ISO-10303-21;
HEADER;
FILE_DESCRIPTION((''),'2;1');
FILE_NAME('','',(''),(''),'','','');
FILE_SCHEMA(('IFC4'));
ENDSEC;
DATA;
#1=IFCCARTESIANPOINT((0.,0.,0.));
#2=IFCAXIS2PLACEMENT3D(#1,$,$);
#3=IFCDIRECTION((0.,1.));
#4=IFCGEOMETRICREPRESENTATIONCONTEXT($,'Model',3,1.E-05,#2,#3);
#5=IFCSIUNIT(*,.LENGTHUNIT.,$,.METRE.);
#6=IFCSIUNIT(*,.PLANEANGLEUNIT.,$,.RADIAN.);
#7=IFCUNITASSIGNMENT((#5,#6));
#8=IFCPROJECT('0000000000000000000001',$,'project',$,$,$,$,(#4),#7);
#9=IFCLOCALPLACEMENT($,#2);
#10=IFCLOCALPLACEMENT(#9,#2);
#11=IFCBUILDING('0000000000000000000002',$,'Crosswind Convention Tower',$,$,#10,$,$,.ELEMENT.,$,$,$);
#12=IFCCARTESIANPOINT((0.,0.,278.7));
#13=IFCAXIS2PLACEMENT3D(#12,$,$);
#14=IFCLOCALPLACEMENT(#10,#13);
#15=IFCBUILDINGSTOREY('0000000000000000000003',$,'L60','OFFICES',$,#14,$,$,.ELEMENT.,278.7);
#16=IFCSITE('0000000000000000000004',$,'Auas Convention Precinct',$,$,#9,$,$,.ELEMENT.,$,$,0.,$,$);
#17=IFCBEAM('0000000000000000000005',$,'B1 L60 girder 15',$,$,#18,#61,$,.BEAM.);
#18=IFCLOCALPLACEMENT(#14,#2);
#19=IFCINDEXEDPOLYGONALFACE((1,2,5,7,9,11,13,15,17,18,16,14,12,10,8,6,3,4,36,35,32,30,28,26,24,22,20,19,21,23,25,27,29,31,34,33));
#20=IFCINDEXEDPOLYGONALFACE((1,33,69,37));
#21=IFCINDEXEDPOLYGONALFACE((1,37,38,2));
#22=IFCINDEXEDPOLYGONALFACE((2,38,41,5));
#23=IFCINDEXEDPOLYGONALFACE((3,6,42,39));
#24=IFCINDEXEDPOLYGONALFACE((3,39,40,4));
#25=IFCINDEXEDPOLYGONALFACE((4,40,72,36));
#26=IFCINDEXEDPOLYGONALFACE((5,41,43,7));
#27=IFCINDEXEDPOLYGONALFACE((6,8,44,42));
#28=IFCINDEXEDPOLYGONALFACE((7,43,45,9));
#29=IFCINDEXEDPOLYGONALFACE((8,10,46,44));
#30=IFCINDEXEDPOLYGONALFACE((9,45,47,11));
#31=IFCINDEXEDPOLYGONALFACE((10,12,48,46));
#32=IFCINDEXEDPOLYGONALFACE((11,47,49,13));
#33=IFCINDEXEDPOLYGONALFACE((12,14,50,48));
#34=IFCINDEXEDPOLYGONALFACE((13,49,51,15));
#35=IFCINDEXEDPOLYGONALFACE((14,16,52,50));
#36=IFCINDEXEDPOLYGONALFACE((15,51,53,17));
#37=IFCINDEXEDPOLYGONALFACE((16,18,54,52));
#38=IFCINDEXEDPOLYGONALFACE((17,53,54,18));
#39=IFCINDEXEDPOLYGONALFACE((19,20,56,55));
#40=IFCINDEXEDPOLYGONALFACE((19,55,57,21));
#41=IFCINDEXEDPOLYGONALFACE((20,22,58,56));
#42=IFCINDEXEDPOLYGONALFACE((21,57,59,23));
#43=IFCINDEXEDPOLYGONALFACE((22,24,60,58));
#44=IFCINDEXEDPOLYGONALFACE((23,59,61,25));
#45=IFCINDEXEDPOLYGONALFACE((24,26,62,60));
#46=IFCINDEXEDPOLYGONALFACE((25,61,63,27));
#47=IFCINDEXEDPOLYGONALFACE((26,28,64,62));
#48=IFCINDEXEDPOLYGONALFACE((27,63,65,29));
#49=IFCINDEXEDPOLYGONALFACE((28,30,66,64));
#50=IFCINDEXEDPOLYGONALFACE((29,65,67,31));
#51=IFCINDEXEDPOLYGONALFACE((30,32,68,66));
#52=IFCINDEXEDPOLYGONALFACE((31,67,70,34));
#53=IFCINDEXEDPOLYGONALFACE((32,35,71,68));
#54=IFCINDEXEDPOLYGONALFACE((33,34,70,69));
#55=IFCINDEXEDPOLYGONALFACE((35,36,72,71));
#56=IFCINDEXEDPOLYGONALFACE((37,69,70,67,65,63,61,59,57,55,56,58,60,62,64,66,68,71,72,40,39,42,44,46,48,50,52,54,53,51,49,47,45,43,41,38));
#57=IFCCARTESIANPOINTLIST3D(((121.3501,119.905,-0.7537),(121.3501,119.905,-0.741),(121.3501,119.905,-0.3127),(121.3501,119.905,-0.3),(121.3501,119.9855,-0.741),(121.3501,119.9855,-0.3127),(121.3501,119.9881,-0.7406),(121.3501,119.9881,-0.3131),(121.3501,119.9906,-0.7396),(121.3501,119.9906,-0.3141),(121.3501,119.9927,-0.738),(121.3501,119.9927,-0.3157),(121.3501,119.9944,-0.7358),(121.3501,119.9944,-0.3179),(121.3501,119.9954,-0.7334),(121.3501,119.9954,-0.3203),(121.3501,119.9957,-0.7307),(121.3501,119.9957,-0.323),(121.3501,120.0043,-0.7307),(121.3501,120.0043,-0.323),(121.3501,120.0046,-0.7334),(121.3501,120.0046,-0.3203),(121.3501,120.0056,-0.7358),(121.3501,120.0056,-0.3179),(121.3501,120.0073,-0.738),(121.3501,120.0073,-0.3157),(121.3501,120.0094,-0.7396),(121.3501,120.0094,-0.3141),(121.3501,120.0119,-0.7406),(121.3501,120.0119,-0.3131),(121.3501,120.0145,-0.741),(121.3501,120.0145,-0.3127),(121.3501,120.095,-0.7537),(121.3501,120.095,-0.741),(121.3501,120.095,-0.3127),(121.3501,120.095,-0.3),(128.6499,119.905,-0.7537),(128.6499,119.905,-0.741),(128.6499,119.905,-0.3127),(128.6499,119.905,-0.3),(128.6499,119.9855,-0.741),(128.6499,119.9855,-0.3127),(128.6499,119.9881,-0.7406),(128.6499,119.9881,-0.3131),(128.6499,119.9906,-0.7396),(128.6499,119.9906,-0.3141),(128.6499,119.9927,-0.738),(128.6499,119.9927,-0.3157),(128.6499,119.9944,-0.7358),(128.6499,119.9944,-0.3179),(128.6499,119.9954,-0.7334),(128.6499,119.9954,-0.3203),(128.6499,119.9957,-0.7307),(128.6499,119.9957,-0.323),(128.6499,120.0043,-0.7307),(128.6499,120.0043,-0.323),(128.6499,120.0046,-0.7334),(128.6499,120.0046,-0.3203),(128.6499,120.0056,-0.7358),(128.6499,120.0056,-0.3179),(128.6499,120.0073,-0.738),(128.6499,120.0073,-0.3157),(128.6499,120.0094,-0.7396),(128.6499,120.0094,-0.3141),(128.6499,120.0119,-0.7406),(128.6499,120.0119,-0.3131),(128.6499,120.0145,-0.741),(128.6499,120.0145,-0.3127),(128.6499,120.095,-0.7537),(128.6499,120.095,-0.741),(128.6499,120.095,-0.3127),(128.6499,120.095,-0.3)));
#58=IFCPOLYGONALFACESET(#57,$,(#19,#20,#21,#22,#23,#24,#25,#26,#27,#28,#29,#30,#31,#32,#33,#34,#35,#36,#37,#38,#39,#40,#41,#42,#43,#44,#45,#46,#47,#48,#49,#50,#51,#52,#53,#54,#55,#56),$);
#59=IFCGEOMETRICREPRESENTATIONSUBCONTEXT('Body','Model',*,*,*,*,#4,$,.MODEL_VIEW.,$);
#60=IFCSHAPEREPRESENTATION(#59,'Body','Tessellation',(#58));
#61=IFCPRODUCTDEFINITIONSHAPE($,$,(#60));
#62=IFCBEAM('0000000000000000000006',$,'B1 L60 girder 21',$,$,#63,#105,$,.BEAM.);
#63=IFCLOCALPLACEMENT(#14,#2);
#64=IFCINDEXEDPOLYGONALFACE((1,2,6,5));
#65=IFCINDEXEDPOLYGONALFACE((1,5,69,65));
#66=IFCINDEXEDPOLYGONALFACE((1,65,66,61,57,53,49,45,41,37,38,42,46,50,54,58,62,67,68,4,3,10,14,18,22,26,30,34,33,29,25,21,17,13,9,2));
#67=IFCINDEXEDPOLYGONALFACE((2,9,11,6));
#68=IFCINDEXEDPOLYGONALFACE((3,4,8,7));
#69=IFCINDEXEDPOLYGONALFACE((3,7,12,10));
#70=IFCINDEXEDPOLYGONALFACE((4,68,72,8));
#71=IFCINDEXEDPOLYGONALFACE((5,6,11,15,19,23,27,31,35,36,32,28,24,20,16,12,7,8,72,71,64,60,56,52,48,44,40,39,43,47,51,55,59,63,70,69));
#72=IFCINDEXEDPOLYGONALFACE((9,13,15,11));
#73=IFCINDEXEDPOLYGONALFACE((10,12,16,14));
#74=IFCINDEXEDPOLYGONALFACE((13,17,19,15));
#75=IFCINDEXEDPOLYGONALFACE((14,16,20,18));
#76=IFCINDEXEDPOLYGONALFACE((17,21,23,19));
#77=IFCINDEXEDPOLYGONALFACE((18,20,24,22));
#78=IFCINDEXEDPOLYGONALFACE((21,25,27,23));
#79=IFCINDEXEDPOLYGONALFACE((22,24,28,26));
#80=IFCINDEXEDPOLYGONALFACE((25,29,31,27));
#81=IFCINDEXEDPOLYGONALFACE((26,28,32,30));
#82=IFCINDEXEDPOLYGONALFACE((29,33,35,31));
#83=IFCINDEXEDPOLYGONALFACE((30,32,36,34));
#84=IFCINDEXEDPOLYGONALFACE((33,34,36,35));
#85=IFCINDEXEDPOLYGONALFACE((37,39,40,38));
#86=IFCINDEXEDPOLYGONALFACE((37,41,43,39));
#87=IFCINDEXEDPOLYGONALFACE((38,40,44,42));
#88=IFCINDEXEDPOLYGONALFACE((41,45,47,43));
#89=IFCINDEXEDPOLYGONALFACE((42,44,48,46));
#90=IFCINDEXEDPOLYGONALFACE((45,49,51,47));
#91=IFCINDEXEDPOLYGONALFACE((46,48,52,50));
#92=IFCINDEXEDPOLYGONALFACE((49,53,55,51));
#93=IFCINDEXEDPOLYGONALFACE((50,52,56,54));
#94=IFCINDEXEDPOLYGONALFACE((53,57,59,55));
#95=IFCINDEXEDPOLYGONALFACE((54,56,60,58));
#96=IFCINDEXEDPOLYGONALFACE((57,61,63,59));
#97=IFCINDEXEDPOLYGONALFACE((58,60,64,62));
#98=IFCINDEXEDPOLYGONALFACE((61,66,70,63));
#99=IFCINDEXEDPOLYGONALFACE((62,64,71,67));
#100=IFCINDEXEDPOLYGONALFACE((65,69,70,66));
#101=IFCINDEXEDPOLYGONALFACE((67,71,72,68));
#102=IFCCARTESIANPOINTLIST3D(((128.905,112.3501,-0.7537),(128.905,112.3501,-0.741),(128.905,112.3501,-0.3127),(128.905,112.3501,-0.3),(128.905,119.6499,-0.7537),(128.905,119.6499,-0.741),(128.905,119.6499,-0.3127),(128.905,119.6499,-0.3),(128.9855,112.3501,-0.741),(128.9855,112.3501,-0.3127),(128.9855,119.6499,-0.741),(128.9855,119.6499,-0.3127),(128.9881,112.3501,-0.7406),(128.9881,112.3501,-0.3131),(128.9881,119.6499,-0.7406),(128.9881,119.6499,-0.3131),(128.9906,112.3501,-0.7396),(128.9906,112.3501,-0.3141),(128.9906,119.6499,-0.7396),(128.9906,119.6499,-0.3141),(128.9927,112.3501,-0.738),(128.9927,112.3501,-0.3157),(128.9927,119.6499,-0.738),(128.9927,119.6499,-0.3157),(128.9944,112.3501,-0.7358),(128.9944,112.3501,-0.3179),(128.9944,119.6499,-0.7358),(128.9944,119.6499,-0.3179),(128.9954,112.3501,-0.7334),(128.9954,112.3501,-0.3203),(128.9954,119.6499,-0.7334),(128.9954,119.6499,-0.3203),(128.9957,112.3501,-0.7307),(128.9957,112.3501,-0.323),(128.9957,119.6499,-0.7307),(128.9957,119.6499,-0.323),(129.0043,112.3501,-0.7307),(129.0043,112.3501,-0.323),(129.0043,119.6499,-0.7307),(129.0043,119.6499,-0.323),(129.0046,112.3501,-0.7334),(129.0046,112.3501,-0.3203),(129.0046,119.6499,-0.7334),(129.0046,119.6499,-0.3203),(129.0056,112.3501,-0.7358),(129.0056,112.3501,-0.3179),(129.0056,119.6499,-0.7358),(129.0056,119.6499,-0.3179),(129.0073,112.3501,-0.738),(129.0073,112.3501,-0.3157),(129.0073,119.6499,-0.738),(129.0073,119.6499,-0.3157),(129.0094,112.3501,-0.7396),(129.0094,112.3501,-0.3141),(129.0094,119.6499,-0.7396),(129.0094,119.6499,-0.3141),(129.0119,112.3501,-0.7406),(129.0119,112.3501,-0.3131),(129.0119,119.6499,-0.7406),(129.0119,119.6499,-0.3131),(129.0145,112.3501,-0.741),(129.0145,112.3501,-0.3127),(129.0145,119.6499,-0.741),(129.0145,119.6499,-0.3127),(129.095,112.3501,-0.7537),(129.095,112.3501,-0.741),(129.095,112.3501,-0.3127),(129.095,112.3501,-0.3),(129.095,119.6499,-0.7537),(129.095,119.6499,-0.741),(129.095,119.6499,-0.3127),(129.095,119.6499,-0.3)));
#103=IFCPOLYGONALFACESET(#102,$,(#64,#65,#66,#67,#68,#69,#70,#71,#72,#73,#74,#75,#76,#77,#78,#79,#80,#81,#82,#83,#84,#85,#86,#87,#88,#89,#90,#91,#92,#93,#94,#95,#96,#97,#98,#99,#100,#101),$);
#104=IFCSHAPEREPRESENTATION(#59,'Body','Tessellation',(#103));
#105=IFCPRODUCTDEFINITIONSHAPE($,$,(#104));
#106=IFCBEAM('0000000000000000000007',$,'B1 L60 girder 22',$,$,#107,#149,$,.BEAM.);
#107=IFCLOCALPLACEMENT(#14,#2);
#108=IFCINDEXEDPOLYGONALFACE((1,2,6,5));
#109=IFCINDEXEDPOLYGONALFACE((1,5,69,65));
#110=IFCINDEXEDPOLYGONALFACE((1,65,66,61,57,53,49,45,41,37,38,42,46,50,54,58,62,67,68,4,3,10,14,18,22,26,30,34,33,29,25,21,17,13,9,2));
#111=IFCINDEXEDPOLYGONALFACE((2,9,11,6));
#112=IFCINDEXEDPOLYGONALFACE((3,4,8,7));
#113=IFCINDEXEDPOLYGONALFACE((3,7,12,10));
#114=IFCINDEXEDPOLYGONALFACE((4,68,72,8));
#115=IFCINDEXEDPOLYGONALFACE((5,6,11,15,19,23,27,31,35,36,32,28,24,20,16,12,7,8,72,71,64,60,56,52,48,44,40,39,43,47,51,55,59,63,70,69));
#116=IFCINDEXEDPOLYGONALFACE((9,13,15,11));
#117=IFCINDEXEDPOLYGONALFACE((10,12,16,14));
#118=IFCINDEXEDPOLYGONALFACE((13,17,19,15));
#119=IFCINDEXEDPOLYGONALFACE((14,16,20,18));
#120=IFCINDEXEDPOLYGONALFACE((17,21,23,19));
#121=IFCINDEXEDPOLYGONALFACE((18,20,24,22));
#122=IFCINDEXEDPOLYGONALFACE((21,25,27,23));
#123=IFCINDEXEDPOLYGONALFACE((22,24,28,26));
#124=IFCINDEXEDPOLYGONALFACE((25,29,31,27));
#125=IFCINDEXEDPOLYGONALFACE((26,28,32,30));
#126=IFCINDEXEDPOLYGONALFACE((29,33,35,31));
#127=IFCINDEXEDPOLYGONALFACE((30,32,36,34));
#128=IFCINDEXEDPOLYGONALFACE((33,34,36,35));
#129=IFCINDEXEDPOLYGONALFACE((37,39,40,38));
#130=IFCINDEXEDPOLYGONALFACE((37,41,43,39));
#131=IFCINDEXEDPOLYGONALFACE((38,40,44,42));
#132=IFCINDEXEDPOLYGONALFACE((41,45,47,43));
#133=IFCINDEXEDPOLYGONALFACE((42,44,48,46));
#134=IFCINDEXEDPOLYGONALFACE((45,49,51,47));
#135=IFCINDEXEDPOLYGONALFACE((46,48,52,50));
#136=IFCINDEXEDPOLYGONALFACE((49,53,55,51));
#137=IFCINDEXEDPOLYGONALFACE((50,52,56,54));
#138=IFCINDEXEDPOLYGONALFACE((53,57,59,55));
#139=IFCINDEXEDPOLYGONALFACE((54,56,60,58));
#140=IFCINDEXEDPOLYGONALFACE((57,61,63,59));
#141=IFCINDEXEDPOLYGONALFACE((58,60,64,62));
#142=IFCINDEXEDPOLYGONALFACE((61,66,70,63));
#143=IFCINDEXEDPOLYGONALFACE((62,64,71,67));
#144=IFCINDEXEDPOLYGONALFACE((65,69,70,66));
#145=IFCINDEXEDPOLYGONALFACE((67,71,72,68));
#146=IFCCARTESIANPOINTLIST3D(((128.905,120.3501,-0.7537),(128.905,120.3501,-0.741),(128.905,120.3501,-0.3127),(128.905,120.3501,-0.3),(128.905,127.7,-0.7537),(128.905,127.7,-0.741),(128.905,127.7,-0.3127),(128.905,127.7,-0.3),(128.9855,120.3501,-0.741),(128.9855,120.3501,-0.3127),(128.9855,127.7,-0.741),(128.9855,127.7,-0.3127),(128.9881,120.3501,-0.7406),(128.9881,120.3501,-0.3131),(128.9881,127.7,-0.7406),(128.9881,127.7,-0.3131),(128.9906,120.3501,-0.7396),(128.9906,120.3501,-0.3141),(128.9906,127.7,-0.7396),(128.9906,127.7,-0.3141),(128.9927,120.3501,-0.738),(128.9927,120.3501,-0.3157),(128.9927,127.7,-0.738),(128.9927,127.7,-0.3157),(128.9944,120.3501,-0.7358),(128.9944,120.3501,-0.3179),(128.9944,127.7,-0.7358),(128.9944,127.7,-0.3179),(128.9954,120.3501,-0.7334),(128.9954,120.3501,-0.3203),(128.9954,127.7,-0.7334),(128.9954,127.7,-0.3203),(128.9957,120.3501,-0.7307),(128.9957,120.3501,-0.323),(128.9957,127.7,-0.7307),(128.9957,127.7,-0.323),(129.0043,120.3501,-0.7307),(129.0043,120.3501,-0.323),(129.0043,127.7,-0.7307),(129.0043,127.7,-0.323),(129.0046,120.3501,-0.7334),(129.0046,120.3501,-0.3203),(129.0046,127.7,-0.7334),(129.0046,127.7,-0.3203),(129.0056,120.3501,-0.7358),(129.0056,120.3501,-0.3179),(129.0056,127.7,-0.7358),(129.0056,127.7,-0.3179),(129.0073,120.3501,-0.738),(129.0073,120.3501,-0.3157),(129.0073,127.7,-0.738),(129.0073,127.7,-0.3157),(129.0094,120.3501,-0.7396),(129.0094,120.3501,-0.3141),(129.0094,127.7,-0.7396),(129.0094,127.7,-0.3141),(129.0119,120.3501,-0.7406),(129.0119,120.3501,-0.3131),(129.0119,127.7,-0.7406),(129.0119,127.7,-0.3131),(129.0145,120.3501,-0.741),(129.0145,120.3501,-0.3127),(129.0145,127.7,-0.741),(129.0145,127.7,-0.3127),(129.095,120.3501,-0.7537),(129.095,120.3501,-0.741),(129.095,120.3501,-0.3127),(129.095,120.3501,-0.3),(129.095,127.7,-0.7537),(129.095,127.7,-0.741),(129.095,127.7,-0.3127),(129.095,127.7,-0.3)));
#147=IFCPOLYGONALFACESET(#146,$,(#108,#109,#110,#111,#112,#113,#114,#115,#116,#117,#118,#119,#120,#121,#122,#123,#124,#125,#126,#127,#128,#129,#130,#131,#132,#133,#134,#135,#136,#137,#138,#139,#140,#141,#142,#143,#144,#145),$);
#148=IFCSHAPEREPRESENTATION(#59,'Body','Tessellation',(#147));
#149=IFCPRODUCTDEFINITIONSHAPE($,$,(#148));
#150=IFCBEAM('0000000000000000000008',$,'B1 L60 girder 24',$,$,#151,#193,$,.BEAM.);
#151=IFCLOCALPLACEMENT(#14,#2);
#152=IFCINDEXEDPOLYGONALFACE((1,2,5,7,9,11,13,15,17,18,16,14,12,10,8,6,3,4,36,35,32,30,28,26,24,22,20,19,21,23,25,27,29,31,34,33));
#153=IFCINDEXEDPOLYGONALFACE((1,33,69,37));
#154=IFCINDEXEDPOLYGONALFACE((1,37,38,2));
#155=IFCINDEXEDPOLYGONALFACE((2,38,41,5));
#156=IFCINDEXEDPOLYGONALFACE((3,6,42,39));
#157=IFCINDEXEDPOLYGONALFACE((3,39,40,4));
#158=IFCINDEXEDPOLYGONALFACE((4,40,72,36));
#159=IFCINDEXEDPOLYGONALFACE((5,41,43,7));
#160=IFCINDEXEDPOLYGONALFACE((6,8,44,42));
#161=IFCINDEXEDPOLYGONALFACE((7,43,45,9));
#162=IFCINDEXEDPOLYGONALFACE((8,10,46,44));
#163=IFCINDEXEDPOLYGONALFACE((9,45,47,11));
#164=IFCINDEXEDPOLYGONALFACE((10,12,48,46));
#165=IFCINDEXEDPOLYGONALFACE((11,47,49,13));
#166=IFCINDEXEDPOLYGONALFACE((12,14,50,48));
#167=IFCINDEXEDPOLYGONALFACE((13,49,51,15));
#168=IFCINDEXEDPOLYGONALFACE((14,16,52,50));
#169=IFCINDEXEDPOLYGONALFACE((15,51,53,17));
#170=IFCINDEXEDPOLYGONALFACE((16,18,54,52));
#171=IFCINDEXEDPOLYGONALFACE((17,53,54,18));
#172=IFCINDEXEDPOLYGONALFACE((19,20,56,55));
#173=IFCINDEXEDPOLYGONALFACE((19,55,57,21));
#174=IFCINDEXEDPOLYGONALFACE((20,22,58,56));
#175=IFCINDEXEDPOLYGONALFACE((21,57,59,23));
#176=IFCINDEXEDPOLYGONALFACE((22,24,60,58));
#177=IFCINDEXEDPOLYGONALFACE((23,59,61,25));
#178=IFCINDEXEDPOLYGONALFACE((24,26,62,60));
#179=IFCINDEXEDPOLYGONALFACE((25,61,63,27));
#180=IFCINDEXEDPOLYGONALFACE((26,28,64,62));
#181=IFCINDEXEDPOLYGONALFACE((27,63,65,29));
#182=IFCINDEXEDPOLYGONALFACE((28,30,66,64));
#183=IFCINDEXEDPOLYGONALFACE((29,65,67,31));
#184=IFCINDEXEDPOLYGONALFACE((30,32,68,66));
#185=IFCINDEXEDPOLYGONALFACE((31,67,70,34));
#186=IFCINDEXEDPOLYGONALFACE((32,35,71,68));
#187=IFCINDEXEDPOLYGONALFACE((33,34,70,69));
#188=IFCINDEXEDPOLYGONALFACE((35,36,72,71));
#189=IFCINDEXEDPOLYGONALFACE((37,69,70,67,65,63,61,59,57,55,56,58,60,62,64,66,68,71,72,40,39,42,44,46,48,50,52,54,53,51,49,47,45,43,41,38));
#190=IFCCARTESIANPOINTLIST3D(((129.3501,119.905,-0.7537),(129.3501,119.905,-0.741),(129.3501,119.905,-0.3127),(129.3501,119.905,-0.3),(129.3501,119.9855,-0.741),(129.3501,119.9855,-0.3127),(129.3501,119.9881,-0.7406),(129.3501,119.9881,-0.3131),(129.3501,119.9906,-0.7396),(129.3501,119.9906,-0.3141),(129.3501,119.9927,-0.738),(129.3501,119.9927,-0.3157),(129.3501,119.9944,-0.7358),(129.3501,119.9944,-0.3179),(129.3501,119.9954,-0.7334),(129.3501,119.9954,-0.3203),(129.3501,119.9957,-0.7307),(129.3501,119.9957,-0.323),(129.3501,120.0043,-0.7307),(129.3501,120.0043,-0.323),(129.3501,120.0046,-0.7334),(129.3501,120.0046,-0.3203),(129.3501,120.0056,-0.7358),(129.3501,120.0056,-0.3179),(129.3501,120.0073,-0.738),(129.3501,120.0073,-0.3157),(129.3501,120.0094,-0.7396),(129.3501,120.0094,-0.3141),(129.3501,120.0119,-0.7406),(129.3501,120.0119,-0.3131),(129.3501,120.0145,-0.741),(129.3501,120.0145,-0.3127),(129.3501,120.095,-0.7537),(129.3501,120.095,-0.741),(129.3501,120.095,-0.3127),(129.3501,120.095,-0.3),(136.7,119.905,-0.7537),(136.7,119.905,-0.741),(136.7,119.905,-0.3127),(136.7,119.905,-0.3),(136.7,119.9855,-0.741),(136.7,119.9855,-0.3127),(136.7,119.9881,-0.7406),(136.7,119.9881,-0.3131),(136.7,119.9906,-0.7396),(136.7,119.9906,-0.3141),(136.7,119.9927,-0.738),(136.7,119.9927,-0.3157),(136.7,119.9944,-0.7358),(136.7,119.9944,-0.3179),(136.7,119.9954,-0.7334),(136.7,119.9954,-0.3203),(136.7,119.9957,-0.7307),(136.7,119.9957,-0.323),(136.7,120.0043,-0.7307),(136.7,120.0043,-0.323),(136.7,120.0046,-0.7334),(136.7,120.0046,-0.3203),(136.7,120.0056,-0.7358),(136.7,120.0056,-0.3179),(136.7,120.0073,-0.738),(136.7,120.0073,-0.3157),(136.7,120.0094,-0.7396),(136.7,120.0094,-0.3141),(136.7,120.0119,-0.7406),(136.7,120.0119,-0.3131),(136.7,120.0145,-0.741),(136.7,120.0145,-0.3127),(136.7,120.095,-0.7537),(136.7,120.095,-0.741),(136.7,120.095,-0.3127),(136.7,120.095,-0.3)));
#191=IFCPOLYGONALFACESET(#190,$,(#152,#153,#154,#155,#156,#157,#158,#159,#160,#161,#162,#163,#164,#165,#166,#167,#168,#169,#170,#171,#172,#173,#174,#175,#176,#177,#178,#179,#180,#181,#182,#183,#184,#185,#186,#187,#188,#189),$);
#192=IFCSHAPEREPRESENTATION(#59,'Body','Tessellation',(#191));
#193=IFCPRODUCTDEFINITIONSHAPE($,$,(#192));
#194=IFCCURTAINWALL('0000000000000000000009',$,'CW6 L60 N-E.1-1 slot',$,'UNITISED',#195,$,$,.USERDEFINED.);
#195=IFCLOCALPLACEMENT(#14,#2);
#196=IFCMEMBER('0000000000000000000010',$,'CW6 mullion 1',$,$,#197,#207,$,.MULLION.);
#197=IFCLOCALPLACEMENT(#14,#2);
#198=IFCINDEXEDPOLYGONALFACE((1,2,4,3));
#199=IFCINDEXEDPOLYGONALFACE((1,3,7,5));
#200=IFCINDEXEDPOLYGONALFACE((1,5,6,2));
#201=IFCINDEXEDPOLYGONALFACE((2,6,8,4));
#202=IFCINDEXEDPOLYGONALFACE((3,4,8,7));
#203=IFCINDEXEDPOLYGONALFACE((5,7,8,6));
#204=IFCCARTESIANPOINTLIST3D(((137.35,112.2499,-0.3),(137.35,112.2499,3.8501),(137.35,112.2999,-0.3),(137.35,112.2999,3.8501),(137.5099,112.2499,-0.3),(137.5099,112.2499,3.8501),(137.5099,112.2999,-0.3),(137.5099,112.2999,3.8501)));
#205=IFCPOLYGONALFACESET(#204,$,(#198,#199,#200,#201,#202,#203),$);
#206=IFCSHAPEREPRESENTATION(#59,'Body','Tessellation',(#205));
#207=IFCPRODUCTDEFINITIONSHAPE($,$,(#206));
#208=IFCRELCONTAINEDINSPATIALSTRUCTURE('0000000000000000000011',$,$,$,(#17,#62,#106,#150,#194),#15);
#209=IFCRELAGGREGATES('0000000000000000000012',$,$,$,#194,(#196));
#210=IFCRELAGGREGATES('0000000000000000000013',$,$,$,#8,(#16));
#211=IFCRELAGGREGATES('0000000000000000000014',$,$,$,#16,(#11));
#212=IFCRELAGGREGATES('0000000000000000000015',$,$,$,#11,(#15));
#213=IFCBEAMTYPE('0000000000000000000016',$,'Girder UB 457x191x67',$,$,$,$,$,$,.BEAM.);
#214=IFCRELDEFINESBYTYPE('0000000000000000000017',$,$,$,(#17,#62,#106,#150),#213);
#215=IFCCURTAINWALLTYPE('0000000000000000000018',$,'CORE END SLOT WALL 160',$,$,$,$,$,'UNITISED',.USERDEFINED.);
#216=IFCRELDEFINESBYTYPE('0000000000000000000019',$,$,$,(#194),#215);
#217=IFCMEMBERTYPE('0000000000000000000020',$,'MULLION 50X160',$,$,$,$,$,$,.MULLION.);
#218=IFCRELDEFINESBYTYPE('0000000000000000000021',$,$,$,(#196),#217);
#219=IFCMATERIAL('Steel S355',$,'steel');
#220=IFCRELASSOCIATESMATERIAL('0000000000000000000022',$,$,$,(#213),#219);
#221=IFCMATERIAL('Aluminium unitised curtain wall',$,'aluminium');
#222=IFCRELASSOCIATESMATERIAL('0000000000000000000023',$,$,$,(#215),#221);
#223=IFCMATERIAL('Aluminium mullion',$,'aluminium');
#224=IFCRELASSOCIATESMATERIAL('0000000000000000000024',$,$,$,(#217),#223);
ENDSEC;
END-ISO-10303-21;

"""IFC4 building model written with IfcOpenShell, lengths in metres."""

from ifc_helpers import new_model, si_unit, direction, frame, origin, origin_2d, place, context, subcontext, project, spatial, rectangle, i_section, extrude, material, material_profile, profile_set, type_object, element, aggregate, save


model = new_model("IFC4")

# Units and contexts
model_context = context("Model", 3, precision=1e-05, world=origin(), true_north=direction((0.0, 1.0)))
body_context = subcontext(model_context, "Body", "Model", "MODEL_VIEW")
ifc_project = project(units=[si_unit("LENGTHUNIT", "METRE"), si_unit("PLANEANGLEUNIT", "RADIAN")], contexts=[model_context])

# Site, building, storey
site_placement = place(None, origin())
site = spatial("IfcSite", under=ifc_project, at=site_placement, Name="Auas Convention Precinct", CompositionType="ELEMENT", RefElevation=0.0)
building_placement = place(site_placement, origin())
building = spatial("IfcBuilding", under=site, at=building_placement, Name="Crosswind Convention Tower", CompositionType="ELEMENT")
storey_placement = place(building_placement, frame((0.0, 0.0, 278.7)))
storey = spatial("IfcBuildingStorey", under=building, at=storey_placement, Name="L60", Description="OFFICES", CompositionType="ELEMENT", Elevation=278.7)

# Beams
ifc_material_1 = material(Name="Steel S355", Category="steel")
ifc_material_profile_1 = material_profile(ifc_material_1, i_section(OverallWidth=0.1899, OverallDepth=0.4536, WebThickness=0.0085, FlangeThickness=0.0127, FilletRadius=0.0103, at=origin_2d()), Name="UB 457x191x67")
ifc_profile_set_1 = profile_set([ifc_material_profile_1], Name="Steel S355")
beam_type_1 = type_object("IfcBeamType", Name="Girder UB 457x191x67", PredefinedType="BEAM", material=ifc_profile_set_1)
for number, where, z_axis, x_axis, name in (
    (1, (121.3501, 120.0, -0.5269), (1.0, 0.0, 0.0), (0.0, 1.0, 0.0), "B1 L60 girder 15"),
    (2, (129.0, 112.3501, -0.5269), (0.0, 1.0, 0.0), (-1.0, 0.0, 0.0), "B1 L60 girder 21"),
):
    element("IfcBeam", number, at=place(storey_placement, frame(where, z_axis=z_axis, x_axis=x_axis)), inside=storey, type_object=beam_type_1, Name=name, PredefinedType="BEAM", context=body_context, shape_type="SweptSolid", body=[
        extrude(i_section(OverallWidth=0.1899, OverallDepth=0.4536, WebThickness=0.0085, FlangeThickness=0.0127, FilletRadius=0.0103, at=origin_2d()), origin(), (0.0, 0.0, 1.0), 7.2998),
    ])
for number, where, z_axis, x_axis, name in (
    (3, (129.0, 120.3501, -0.5269), (0.0, 1.0, 0.0), (-1.0, 0.0, 0.0), "B1 L60 girder 22"),
    (4, (129.3501, 120.0, -0.5269), (1.0, 0.0, 0.0), (0.0, 1.0, 0.0), "B1 L60 girder 24"),
):
    element("IfcBeam", number, at=place(storey_placement, frame(where, z_axis=z_axis, x_axis=x_axis)), inside=storey, type_object=beam_type_1, Name=name, PredefinedType="BEAM", context=body_context, shape_type="SweptSolid", body=[
        extrude(i_section(OverallWidth=0.1899, OverallDepth=0.4536, WebThickness=0.0085, FlangeThickness=0.0127, FilletRadius=0.0103, at=origin_2d()), origin(), (0.0, 0.0, 1.0), 7.3499),
    ])

# Curtain wall, member
ifc_material_2 = material(Name="Aluminium unitised curtain wall", Category="aluminium")
curtain_wall_type_1 = type_object("IfcCurtainWallType", Name="CORE END SLOT WALL 160", ElementType="UNITISED", PredefinedType="USERDEFINED", material=ifc_material_2)
curtain_wall_1_placement = place(storey_placement, origin())
curtain_wall_1 = element("IfcCurtainWall", 5, at=curtain_wall_1_placement, inside=storey, type_object=curtain_wall_type_1, Name="CW6 L60 N-E.1-1 slot", ObjectType="UNITISED", PredefinedType="USERDEFINED")
ifc_material_3 = material(Name="Aluminium mullion", Category="aluminium")
ifc_material_profile_2 = material_profile(ifc_material_3, rectangle(XDim=0.1599, YDim=0.05, at=origin_2d()), Name="AL 160X50")
ifc_profile_set_2 = profile_set([ifc_material_profile_2], Name="Aluminium mullion")
member_type_1 = type_object("IfcMemberType", Name="MULLION 50X160", PredefinedType="MULLION", material=ifc_profile_set_2)
member_1_placement = place(storey_placement, frame((137.4299, 112.2749, -0.3), z_axis=(0.0, 0.0, 1.0), x_axis=(1.0, 0.0, 0.0)))
member_1 = element("IfcMember", 6, at=member_1_placement, type_object=member_type_1, Name="CW6 mullion 1", PredefinedType="MULLION", context=body_context, shape_type="SweptSolid", body=[
    extrude(rectangle(XDim=0.1599, YDim=0.05, at=origin_2d()), origin(), (0.0, 0.0, 1.0), 4.1501),
])

aggregate(curtain_wall_1, [member_1])

save(model, "model.ifc")
